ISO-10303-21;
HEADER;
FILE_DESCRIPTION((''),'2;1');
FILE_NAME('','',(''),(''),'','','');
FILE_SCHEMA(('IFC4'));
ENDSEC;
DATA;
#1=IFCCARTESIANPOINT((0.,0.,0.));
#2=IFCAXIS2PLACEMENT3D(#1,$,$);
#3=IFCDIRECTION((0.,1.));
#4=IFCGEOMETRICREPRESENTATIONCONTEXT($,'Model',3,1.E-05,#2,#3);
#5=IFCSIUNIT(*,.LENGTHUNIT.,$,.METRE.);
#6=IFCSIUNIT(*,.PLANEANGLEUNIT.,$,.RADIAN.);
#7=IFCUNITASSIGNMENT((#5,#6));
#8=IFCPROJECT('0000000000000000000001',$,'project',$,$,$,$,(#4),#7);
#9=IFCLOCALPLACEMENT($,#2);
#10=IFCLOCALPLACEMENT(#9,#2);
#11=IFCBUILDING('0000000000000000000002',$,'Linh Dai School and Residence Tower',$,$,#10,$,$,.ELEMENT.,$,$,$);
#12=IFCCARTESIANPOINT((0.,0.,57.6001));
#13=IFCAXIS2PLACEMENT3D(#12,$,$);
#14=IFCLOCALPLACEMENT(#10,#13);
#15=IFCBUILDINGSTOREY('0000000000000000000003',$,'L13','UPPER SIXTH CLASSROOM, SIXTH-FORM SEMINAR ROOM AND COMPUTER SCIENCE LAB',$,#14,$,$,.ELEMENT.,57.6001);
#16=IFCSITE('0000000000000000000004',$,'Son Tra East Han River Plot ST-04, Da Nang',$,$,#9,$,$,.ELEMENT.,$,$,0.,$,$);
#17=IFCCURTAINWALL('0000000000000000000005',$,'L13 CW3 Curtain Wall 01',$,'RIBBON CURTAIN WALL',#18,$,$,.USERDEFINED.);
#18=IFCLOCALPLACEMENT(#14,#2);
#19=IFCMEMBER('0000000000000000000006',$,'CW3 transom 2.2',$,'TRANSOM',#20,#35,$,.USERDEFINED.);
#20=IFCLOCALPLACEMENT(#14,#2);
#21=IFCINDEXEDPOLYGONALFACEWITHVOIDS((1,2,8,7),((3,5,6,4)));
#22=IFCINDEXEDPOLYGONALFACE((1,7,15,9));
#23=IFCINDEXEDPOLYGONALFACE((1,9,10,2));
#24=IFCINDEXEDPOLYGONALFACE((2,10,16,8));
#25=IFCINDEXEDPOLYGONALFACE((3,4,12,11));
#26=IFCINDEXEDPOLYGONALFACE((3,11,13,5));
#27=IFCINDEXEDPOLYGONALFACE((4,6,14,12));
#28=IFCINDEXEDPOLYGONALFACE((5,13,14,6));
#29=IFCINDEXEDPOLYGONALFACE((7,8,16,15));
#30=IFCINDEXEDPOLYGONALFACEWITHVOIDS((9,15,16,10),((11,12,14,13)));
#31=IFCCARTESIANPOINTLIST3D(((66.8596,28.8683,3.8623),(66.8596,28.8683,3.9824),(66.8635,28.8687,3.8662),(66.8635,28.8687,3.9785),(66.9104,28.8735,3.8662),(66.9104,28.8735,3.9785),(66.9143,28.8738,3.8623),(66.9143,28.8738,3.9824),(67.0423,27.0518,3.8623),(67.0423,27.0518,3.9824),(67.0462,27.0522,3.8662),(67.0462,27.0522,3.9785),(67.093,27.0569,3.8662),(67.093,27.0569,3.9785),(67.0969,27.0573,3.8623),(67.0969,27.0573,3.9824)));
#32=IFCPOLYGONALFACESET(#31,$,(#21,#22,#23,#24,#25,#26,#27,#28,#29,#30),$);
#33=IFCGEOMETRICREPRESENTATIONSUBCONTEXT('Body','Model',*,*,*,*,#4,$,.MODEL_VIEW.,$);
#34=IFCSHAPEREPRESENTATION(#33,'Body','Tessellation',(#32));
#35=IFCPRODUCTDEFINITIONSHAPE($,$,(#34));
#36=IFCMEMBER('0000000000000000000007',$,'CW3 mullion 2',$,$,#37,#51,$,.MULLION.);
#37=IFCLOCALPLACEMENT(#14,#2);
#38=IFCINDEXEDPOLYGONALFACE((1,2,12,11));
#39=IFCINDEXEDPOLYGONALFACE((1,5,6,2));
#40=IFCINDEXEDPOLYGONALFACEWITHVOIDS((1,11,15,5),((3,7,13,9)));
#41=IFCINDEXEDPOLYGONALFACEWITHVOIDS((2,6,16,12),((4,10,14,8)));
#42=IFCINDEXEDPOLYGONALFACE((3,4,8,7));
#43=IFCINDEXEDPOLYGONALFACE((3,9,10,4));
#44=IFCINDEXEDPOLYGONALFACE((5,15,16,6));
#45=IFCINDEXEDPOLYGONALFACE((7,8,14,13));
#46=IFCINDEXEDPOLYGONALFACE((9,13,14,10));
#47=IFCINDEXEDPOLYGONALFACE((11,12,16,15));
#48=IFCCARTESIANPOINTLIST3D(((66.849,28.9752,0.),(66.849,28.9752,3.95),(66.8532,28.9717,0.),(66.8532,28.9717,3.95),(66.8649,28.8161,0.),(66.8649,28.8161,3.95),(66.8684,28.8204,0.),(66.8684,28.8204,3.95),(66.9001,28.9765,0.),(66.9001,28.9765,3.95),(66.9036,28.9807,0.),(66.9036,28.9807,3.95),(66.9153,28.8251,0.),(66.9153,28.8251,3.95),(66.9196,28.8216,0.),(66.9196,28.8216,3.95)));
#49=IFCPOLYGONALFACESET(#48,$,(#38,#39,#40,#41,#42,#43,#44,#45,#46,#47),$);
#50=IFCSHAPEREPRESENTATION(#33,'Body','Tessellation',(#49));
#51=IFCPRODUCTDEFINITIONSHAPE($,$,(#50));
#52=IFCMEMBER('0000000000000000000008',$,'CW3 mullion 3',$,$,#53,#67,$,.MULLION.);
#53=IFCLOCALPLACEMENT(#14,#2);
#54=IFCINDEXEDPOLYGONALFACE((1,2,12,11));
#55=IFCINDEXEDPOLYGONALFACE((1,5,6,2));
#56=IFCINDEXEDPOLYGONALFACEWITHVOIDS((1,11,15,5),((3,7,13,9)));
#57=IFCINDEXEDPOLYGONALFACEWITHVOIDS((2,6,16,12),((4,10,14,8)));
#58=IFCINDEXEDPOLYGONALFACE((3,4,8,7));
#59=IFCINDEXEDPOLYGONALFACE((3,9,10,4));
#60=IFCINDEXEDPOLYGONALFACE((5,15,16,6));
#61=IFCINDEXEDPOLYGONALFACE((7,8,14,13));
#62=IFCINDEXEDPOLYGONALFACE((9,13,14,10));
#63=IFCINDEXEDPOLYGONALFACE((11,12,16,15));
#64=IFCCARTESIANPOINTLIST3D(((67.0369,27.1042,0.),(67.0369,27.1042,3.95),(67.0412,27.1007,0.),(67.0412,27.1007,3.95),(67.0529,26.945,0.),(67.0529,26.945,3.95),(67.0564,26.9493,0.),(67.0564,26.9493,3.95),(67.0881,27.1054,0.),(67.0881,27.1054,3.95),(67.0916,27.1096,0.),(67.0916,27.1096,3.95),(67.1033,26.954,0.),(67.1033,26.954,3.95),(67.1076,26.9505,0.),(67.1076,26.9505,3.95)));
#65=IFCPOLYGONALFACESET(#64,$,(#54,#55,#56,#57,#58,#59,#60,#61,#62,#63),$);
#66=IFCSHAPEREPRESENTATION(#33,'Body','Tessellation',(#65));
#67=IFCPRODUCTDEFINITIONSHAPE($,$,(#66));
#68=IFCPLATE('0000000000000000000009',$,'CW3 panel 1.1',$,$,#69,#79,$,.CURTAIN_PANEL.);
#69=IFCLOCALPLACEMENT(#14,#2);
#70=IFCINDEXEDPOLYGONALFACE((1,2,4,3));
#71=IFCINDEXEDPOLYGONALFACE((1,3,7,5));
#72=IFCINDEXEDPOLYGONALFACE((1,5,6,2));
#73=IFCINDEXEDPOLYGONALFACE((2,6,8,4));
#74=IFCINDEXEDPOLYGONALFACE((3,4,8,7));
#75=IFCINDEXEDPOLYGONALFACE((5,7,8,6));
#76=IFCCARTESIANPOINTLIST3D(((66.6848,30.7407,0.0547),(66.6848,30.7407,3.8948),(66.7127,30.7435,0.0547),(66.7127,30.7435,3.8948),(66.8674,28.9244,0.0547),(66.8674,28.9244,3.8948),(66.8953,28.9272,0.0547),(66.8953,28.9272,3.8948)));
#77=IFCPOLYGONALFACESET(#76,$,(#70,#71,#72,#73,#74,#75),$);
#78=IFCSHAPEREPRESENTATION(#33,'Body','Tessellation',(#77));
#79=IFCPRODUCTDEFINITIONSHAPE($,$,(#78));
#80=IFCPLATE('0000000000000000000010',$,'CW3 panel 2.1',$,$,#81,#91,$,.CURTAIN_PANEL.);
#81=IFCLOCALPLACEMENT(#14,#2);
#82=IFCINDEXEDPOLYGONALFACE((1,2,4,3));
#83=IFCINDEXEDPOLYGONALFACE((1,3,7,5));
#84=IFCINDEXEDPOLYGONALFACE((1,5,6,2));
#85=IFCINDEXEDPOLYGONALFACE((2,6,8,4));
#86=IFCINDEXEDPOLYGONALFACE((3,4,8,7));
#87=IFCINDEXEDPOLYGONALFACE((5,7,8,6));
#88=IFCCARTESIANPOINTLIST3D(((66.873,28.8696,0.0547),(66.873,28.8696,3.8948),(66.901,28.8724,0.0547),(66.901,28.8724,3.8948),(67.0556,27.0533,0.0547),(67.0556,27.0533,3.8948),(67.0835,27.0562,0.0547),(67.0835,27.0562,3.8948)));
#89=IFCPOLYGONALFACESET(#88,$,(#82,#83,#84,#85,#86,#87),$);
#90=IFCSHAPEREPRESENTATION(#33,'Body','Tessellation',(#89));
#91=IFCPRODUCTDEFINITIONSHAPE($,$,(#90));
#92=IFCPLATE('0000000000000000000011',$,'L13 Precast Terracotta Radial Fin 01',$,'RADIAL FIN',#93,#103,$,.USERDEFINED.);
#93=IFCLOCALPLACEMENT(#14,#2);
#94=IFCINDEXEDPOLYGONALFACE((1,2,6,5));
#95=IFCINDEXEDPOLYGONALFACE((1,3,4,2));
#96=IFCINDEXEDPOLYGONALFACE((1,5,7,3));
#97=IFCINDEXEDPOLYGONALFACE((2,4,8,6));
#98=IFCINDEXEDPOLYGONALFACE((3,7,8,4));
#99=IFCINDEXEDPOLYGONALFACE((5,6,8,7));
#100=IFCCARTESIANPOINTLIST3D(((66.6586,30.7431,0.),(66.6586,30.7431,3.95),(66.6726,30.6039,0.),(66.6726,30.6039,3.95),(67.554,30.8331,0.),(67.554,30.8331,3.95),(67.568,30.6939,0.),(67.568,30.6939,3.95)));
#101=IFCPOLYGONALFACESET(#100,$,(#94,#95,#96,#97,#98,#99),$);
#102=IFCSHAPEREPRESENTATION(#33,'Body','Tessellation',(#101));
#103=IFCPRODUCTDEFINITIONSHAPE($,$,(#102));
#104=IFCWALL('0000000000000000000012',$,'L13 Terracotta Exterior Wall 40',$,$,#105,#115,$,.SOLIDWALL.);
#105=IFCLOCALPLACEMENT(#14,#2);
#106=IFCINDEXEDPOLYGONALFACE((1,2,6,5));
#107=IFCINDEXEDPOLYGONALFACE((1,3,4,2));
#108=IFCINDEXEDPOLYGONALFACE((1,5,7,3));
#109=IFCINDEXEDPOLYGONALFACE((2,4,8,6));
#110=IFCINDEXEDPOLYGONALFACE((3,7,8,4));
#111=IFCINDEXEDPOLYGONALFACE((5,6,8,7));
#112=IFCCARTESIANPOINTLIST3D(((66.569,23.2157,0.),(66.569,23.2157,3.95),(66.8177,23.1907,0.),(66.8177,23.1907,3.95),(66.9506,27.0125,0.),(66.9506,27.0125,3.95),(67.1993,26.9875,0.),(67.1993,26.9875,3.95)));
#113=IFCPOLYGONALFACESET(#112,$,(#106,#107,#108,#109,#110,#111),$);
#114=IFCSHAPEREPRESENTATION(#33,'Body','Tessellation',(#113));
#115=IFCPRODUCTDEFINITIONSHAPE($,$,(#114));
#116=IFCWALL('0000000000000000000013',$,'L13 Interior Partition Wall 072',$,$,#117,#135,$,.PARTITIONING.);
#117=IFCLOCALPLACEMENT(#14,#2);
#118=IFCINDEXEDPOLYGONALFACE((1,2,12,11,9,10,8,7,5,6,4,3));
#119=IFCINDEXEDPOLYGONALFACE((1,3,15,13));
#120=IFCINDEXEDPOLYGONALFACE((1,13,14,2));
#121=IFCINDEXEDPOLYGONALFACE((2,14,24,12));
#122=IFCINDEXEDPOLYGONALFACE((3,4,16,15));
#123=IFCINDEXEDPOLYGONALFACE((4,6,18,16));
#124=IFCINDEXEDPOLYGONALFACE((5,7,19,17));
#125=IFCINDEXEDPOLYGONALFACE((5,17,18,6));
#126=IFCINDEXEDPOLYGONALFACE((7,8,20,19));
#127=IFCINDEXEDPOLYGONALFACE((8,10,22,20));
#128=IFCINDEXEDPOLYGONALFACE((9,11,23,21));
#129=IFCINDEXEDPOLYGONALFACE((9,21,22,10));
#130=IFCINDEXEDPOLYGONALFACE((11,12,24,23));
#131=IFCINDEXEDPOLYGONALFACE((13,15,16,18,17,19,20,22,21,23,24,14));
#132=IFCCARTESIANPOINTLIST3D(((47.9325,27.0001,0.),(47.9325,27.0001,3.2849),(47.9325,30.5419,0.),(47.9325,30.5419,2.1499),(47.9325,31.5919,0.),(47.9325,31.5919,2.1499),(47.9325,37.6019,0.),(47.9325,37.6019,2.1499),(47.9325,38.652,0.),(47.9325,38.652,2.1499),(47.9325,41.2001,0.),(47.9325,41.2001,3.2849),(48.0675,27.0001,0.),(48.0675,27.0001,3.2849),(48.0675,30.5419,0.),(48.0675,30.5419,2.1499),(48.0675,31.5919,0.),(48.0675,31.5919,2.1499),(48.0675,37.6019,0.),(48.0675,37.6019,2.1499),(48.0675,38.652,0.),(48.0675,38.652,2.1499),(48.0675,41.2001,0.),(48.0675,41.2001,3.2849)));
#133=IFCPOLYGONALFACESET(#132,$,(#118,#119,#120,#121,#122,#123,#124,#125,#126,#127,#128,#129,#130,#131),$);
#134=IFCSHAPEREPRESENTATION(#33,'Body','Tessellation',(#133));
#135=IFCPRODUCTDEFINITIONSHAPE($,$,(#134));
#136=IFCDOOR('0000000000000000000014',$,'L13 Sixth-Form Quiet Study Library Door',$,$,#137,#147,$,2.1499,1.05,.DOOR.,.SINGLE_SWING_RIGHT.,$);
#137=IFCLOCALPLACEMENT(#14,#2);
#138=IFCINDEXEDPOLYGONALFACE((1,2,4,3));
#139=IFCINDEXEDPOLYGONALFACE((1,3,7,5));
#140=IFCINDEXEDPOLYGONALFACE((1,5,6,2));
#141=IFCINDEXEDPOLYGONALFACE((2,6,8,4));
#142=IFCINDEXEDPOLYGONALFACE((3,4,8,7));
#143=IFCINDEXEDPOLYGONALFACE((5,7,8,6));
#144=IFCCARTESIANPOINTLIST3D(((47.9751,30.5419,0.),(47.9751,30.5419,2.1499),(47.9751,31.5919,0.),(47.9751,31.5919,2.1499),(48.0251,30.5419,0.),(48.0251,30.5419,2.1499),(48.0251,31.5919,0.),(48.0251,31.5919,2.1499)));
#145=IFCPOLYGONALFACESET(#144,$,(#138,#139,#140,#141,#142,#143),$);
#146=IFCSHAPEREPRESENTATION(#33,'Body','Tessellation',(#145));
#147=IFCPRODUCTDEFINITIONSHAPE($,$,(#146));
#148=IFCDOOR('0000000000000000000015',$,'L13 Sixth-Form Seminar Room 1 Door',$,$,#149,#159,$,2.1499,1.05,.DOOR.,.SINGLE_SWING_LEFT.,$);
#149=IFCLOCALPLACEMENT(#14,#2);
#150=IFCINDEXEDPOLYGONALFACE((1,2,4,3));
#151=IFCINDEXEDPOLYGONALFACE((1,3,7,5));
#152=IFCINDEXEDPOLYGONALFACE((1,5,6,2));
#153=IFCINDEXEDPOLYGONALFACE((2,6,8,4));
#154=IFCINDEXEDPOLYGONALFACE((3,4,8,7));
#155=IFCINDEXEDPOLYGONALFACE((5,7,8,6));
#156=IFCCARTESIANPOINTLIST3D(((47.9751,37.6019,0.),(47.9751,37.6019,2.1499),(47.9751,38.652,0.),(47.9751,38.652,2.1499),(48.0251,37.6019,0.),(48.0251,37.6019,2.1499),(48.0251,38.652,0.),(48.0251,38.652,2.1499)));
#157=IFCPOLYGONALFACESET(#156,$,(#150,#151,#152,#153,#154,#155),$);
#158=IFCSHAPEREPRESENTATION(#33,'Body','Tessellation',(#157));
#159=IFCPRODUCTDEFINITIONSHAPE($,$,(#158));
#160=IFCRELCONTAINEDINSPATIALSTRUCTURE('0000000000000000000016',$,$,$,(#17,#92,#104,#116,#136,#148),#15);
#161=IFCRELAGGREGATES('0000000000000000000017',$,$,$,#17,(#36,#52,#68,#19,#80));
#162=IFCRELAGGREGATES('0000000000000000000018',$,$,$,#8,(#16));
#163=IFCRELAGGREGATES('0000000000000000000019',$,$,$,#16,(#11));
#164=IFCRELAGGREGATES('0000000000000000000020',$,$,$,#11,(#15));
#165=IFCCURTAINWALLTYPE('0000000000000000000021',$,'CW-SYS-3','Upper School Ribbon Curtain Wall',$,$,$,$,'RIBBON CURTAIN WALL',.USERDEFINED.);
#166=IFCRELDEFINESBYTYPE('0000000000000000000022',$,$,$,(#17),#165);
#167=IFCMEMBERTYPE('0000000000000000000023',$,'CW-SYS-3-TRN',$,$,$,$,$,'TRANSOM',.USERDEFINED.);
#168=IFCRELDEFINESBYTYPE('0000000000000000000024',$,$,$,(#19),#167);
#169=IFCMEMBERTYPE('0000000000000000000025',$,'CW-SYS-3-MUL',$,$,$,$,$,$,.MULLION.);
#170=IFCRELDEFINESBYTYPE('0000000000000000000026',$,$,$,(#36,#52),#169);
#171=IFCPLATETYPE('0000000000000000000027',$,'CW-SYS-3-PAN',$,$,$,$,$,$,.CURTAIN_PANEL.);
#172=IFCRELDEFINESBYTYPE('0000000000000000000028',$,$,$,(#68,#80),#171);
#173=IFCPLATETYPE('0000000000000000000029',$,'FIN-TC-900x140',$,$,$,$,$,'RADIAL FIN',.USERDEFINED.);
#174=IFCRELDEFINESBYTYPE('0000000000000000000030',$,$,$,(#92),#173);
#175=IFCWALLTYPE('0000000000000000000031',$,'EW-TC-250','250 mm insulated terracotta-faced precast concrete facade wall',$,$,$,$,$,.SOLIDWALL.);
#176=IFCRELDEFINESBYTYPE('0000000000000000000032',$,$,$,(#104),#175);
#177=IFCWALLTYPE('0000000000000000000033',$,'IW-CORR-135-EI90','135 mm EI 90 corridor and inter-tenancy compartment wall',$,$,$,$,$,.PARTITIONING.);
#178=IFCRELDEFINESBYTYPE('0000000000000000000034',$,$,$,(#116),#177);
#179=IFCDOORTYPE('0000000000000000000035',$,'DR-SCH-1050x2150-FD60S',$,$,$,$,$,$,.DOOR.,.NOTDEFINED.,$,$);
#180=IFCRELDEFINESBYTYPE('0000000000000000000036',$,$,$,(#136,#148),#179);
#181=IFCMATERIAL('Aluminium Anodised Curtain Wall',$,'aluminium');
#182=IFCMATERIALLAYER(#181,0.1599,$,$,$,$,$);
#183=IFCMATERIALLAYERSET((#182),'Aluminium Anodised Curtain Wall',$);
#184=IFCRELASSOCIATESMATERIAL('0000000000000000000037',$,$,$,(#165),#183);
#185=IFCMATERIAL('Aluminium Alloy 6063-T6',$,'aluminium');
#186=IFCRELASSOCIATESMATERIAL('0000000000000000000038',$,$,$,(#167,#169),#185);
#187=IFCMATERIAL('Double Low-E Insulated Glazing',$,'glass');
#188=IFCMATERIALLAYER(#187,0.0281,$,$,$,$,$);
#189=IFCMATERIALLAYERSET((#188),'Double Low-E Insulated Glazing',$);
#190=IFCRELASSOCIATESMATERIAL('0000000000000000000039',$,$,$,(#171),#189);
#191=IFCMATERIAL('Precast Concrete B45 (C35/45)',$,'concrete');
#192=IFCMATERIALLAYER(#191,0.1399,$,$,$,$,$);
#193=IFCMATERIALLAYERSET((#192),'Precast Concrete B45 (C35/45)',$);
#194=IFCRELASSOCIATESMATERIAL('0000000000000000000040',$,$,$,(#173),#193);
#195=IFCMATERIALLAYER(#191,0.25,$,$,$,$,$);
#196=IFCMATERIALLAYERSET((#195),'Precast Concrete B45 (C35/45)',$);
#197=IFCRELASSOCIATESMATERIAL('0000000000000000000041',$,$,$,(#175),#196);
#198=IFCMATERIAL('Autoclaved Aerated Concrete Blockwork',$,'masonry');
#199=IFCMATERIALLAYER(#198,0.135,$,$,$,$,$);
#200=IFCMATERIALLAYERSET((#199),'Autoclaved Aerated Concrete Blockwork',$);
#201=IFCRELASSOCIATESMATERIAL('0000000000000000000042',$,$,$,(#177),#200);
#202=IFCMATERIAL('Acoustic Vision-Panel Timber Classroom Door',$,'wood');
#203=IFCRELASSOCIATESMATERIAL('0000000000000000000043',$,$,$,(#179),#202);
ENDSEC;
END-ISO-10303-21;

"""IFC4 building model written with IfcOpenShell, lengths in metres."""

from ifc_helpers import new_model, si_unit, direction, frame, frame_2d, origin, origin_2d, place, context, subcontext, project, spatial, rectangle, hollow_rectangle, extrude, source, transform, mapped, material, layer, layer_set, material_profile, profile_set, type_object, element, fill, aggregate, save


model = new_model("IFC4")

# Units and contexts
model_context = context("Model", 3, precision=1e-05, world=origin(), true_north=direction((0.0, 1.0)))
body_context = subcontext(model_context, "Body", "Model", "MODEL_VIEW")
ifc_project = project(units=[si_unit("LENGTHUNIT", "METRE"), si_unit("PLANEANGLEUNIT", "RADIAN")], contexts=[model_context])

# Site, building, storey
site_placement = place(None, origin())
site = spatial("IfcSite", under=ifc_project, at=site_placement, Name="Son Tra East Han River Plot ST-04, Da Nang", CompositionType="ELEMENT", RefElevation=0.0)
building_placement = place(site_placement, origin())
building = spatial("IfcBuilding", under=site, at=building_placement, Name="Linh Dai School and Residence Tower", CompositionType="ELEMENT")
storey_placement = place(building_placement, frame((0.0, 0.0, 57.6001)))
storey = spatial("IfcBuildingStorey", under=building, at=storey_placement, Name="L13", Description="UPPER SIXTH CLASSROOM, SIXTH-FORM SEMINAR ROOM AND COMPUTER SCIENCE LAB", CompositionType="ELEMENT", Elevation=57.6001)

# Curtain wall, members, plates
ifc_material_1 = material(Name="Aluminium Anodised Curtain Wall", Category="aluminium")
ifc_layer_1 = layer(ifc_material_1, 0.1599)
ifc_layer_set_1 = layer_set([ifc_layer_1], Name="Aluminium Anodised Curtain Wall")
curtain_wall_type = type_object("IfcCurtainWallType", Name="CW-SYS-3", Description="Upper School Ribbon Curtain Wall", ElementType="RIBBON CURTAIN WALL", PredefinedType="USERDEFINED", material=ifc_layer_set_1)
curtain_wall_placement = place(storey_placement, origin())
curtain_wall = element("IfcCurtainWall", 1, at=curtain_wall_placement, inside=storey, type_object=curtain_wall_type, Name="L13 CW3 Curtain Wall 01", ObjectType="RIBBON CURTAIN WALL", PredefinedType="USERDEFINED")
ifc_material_2 = material(Name="Aluminium Alloy 6063-T6", Category="aluminium")
ifc_material_profile_1 = material_profile(ifc_material_2, hollow_rectangle(XDim=0.0549, YDim=0.1201, WallThickness=0.0039, at=origin_2d()), Name="RHS 120x55x4")
ifc_profile_set_1 = profile_set([ifc_material_profile_1], Name="Aluminium Alloy 6063-T6")
member_type_1 = type_object("IfcMemberType", Name="CW-SYS-3-TRN", ElementType="TRANSOM", PredefinedType="USERDEFINED", material=ifc_profile_set_1)
shared_shape_1 = source(origin(), body_context, "Body", "SweptSolid", [
    extrude(hollow_rectangle(XDim=0.0549, YDim=0.1201, WallThickness=0.0039, at=origin_2d()), origin(), (0.0, 0.0, 1.0), 1.8257),
])
member_1_placement = place(storey_placement, frame((66.887, 28.8711, 3.9224), z_axis=(0.100033, -0.994984, 0.0), x_axis=(0.994984, 0.100033, 0.0)))
member_1 = element("IfcMember", 2, at=member_1_placement, type_object=member_type_1, Name="CW3 transom 2.2", ObjectType="TRANSOM", PredefinedType="USERDEFINED", context=body_context, shape_type="MappedRepresentation", body=[
    mapped(shared_shape_1, transform((0.0, 0.0, 0.0), x_axis=(1.0, 0.0, 0.0), y_axis=(0.0, 1.0, 0.0), z_axis=(0.0, 0.0, 1.0), scale=1.0)),
])
ifc_material_profile_2 = material_profile(ifc_material_2, hollow_rectangle(XDim=0.0549, YDim=0.1599, WallThickness=0.0039, at=origin_2d()), Name="RHS 160x55x4")
ifc_profile_set_2 = profile_set([ifc_material_profile_2], Name="Aluminium Alloy 6063-T6")
member_type_2 = type_object("IfcMemberType", Name="CW-SYS-3-MUL", PredefinedType="MULLION", material=ifc_profile_set_2)
shared_shape_2 = source(origin(), body_context, "Body", "SweptSolid", [
    extrude(hollow_rectangle(XDim=0.0549, YDim=0.1599, WallThickness=0.0039, at=origin_2d()), origin(), (0.0, 0.0, 1.0), 3.95),
])
member_2_placement = place(storey_placement, frame((66.8843, 28.8984, 0.0), z_axis=(0.0, 0.0, 1.0), x_axis=(0.994986, 0.100009, 0.0)))
member_2 = element("IfcMember", 3, at=member_2_placement, type_object=member_type_2, Name="CW3 mullion 2", PredefinedType="MULLION", context=body_context, shape_type="MappedRepresentation", body=[
    mapped(shared_shape_2, transform((0.0, 0.0, 0.0), x_axis=(1.0, 0.0, 0.0), y_axis=(0.0, 1.0, 0.0), z_axis=(0.0, 0.0, 1.0), scale=1.0)),
])
member_3_placement = place(storey_placement, frame((67.0723, 27.0273, 0.0), z_axis=(0.0, 0.0, 1.0), x_axis=(0.994986, 0.100009, 0.0)))
member_3 = element("IfcMember", 4, at=member_3_placement, type_object=member_type_2, Name="CW3 mullion 3", PredefinedType="MULLION", context=body_context, shape_type="MappedRepresentation", body=[
    mapped(shared_shape_2, transform((0.0, 0.0, 0.0), x_axis=(1.0, 0.0, 0.0), y_axis=(0.0, 1.0, 0.0), z_axis=(0.0, 0.0, 1.0), scale=1.0)),
])
ifc_material_3 = material(Name="Double Low-E Insulated Glazing", Category="glass")
ifc_layer_2 = layer(ifc_material_3, 0.0281)
ifc_layer_set_2 = layer_set([ifc_layer_2], Name="Double Low-E Insulated Glazing")
plate_type_1 = type_object("IfcPlateType", Name="CW-SYS-3-PAN", PredefinedType="CURTAIN_PANEL", material=ifc_layer_set_2)
shared_shape_3 = source(origin(), body_context, "Body", "SweptSolid", [
    extrude(rectangle(XDim=1.8254, YDim=0.0281, at=origin_2d()), origin(), (0.0, 0.0, 1.0), 3.8401),
])
plate_1_placement = place(storey_placement, frame((66.79, 29.834, 0.0547), z_axis=(0.0, 0.0, 1.0), x_axis=(0.100009, -0.994986, 0.0)))
plate_1 = element("IfcPlate", 5, at=plate_1_placement, type_object=plate_type_1, Name="CW3 panel 1.1", PredefinedType="CURTAIN_PANEL", context=body_context, shape_type="MappedRepresentation", body=[
    mapped(shared_shape_3, transform((0.0, 0.0, 0.0), x_axis=(1.0, 0.0, 0.0), y_axis=(0.0, 1.0, 0.0), z_axis=(0.0, 0.0, 1.0), scale=1.0)),
])
plate_2_placement = place(storey_placement, frame((66.9783, 27.9629, 0.0547), z_axis=(0.0, 0.0, 1.0), x_axis=(0.100009, -0.994986, 0.0)))
plate_2 = element("IfcPlate", 6, at=plate_2_placement, type_object=plate_type_1, Name="CW3 panel 2.1", PredefinedType="CURTAIN_PANEL", context=body_context, shape_type="MappedRepresentation", body=[
    mapped(shared_shape_3, transform((0.0, 0.0, 0.0), x_axis=(1.0, 0.0, 0.0), y_axis=(0.0, 1.0, 0.0), z_axis=(0.0, 0.0, 1.0), scale=1.0)),
])
aggregate(curtain_wall, [member_2, member_3, plate_1, member_1, plate_2])

# Plate
ifc_material_4 = material(Name="Precast Concrete B45 (C35/45)", Category="concrete")
ifc_layer_3 = layer(ifc_material_4, 0.1399)
ifc_layer_set_3 = layer_set([ifc_layer_3], Name="Precast Concrete B45 (C35/45)")
plate_type_2 = type_object("IfcPlateType", Name="FIN-TC-900x140", ElementType="RADIAL FIN", PredefinedType="USERDEFINED", material=ifc_layer_set_3)
shared_shape_4 = source(origin(), body_context, "Body", "SweptSolid", [
    extrude(rectangle(XDim=0.8999, YDim=0.1399, at=origin_2d()), origin(), (0.0, 0.0, 1.0), 3.95),
])
plate_3_placement = place(storey_placement, frame((67.1133, 30.7185, 0.0), z_axis=(0.0, 0.0, 1.0), x_axis=(0.994986, 0.100009, 0.0)))
element("IfcPlate", 7, at=plate_3_placement, inside=storey, type_object=plate_type_2, Name="L13 Precast Terracotta Radial Fin 01", ObjectType="RADIAL FIN", PredefinedType="USERDEFINED", context=body_context, shape_type="MappedRepresentation", body=[
    mapped(shared_shape_4, transform((0.0, 0.0, 0.0), x_axis=(1.0, 0.0, 0.0), y_axis=(0.0, 1.0, 0.0), z_axis=(0.0, 0.0, 1.0), scale=1.0)),
])

# Wall
ifc_layer_4 = layer(ifc_material_4, 0.25)
ifc_layer_set_4 = layer_set([ifc_layer_4], Name="Precast Concrete B45 (C35/45)")
wall_type_1 = type_object("IfcWallType", Name="EW-TC-250", Description="250 mm insulated terracotta-faced precast concrete facade wall", PredefinedType="SOLIDWALL", material=ifc_layer_set_4)
wall_1_placement = place(storey_placement, frame((67.075, 27.0, 0.0), z_axis=(0.0, 0.0, 1.0), x_axis=(-0.099998, -0.994988, 0.0)))
element("IfcWall", 8, at=wall_1_placement, inside=storey, type_object=wall_type_1, Name="L13 Terracotta Exterior Wall 40", PredefinedType="SOLIDWALL", context=body_context, shape_type="SweptSolid", body=[
    extrude(rectangle(XDim=3.8159, YDim=0.25, at=frame_2d((1.908, 0.0))), origin(), (0.0, 0.0, 1.0), 3.95),
])

# Wall, openings, doors
ifc_material_5 = material(Name="Autoclaved Aerated Concrete Blockwork", Category="masonry")
ifc_layer_5 = layer(ifc_material_5, 0.135)
ifc_layer_set_5 = layer_set([ifc_layer_5], Name="Autoclaved Aerated Concrete Blockwork")
wall_type_2 = type_object("IfcWallType", Name="IW-CORR-135-EI90", Description="135 mm EI 90 corridor and inter-tenancy compartment wall", PredefinedType="PARTITIONING", material=ifc_layer_set_5)
wall_2_placement = place(storey_placement, frame((48.0, 27.0, 0.0), z_axis=(0.0, 0.0, 1.0), x_axis=(0.0, 1.0, 0.0)))
wall_2 = element("IfcWall", 9, at=wall_2_placement, inside=storey, type_object=wall_type_2, Name="L13 Interior Partition Wall 072", PredefinedType="PARTITIONING", context=body_context, shape_type="SweptSolid", body=[
    extrude(rectangle(XDim=14.2, YDim=0.135, at=frame_2d((7.1001, 0.0))), origin(), (0.0, 0.0, 1.0), 3.2849),
])
opening_1_placement = place(wall_2_placement, frame((3.542, 0.0, 0.0)))
opening_1 = element("IfcOpeningElement", 10, at=opening_1_placement, cuts=wall_2, PredefinedType="OPENING", context=body_context, shape_type="SweptSolid", body=[
    extrude(rectangle(XDim=1.05, YDim=2.1499, at=origin_2d()), frame((0.5249, 0.0776, 1.075), z_axis=(0.0, -1.0, 0.0), x_axis=(1.0, 0.0, 0.0)), (0.0, 0.0, 1.0), 0.155),
])
opening_2_placement = place(wall_2_placement, frame((10.6021, 0.0, 0.0)))
opening_2 = element("IfcOpeningElement", 11, at=opening_2_placement, cuts=wall_2, PredefinedType="OPENING", context=body_context, shape_type="SweptSolid", body=[
    extrude(rectangle(XDim=1.05, YDim=2.1499, at=origin_2d()), frame((0.5249, 0.0776, 1.075), z_axis=(0.0, -1.0, 0.0), x_axis=(1.0, 0.0, 0.0)), (0.0, 0.0, 1.0), 0.155),
])
ifc_material_6 = material(Name="Acoustic Vision-Panel Timber Classroom Door", Category="wood")
door_type = type_object("IfcDoorType", Name="DR-SCH-1050x2150-FD60S", OperationType="NOTDEFINED", PredefinedType="DOOR", material=ifc_material_6)
shared_shape_5 = source(origin(), body_context, "Body", "SweptSolid", [
    extrude(rectangle(XDim=1.05, YDim=2.1499, at=origin_2d()), frame((0.5249, 0.0249, 1.075), z_axis=(0.0, -1.0, 0.0), x_axis=(1.0, 0.0, 0.0)), (0.0, 0.0, 1.0), 0.05),
])
door_1_placement = place(opening_1_placement, origin())
door_1 = element("IfcDoor", 12, at=door_1_placement, inside=storey, type_object=door_type, Name="L13 Sixth-Form Quiet Study Library Door", OperationType="SINGLE_SWING_RIGHT", OverallHeight=2.1499, OverallWidth=1.05, PredefinedType="DOOR", context=body_context, shape_type="MappedRepresentation", body=[
    mapped(shared_shape_5, transform((0.0, 0.0, 0.0), x_axis=(1.0, 0.0, 0.0), y_axis=(0.0, 1.0, 0.0), z_axis=(0.0, 0.0, 1.0), scale=1.0)),
])
fill(opening_1, door_1)
door_2_placement = place(opening_2_placement, origin())
door_2 = element("IfcDoor", 13, at=door_2_placement, inside=storey, type_object=door_type, Name="L13 Sixth-Form Seminar Room 1 Door", OperationType="SINGLE_SWING_LEFT", OverallHeight=2.1499, OverallWidth=1.05, PredefinedType="DOOR", context=body_context, shape_type="MappedRepresentation", body=[
    mapped(shared_shape_5, transform((0.0, 0.0, 0.0), x_axis=(1.0, 0.0, 0.0), y_axis=(0.0, 1.0, 0.0), z_axis=(0.0, 0.0, 1.0), scale=1.0)),
])
fill(opening_2, door_2)

save(model, "model.ifc")
